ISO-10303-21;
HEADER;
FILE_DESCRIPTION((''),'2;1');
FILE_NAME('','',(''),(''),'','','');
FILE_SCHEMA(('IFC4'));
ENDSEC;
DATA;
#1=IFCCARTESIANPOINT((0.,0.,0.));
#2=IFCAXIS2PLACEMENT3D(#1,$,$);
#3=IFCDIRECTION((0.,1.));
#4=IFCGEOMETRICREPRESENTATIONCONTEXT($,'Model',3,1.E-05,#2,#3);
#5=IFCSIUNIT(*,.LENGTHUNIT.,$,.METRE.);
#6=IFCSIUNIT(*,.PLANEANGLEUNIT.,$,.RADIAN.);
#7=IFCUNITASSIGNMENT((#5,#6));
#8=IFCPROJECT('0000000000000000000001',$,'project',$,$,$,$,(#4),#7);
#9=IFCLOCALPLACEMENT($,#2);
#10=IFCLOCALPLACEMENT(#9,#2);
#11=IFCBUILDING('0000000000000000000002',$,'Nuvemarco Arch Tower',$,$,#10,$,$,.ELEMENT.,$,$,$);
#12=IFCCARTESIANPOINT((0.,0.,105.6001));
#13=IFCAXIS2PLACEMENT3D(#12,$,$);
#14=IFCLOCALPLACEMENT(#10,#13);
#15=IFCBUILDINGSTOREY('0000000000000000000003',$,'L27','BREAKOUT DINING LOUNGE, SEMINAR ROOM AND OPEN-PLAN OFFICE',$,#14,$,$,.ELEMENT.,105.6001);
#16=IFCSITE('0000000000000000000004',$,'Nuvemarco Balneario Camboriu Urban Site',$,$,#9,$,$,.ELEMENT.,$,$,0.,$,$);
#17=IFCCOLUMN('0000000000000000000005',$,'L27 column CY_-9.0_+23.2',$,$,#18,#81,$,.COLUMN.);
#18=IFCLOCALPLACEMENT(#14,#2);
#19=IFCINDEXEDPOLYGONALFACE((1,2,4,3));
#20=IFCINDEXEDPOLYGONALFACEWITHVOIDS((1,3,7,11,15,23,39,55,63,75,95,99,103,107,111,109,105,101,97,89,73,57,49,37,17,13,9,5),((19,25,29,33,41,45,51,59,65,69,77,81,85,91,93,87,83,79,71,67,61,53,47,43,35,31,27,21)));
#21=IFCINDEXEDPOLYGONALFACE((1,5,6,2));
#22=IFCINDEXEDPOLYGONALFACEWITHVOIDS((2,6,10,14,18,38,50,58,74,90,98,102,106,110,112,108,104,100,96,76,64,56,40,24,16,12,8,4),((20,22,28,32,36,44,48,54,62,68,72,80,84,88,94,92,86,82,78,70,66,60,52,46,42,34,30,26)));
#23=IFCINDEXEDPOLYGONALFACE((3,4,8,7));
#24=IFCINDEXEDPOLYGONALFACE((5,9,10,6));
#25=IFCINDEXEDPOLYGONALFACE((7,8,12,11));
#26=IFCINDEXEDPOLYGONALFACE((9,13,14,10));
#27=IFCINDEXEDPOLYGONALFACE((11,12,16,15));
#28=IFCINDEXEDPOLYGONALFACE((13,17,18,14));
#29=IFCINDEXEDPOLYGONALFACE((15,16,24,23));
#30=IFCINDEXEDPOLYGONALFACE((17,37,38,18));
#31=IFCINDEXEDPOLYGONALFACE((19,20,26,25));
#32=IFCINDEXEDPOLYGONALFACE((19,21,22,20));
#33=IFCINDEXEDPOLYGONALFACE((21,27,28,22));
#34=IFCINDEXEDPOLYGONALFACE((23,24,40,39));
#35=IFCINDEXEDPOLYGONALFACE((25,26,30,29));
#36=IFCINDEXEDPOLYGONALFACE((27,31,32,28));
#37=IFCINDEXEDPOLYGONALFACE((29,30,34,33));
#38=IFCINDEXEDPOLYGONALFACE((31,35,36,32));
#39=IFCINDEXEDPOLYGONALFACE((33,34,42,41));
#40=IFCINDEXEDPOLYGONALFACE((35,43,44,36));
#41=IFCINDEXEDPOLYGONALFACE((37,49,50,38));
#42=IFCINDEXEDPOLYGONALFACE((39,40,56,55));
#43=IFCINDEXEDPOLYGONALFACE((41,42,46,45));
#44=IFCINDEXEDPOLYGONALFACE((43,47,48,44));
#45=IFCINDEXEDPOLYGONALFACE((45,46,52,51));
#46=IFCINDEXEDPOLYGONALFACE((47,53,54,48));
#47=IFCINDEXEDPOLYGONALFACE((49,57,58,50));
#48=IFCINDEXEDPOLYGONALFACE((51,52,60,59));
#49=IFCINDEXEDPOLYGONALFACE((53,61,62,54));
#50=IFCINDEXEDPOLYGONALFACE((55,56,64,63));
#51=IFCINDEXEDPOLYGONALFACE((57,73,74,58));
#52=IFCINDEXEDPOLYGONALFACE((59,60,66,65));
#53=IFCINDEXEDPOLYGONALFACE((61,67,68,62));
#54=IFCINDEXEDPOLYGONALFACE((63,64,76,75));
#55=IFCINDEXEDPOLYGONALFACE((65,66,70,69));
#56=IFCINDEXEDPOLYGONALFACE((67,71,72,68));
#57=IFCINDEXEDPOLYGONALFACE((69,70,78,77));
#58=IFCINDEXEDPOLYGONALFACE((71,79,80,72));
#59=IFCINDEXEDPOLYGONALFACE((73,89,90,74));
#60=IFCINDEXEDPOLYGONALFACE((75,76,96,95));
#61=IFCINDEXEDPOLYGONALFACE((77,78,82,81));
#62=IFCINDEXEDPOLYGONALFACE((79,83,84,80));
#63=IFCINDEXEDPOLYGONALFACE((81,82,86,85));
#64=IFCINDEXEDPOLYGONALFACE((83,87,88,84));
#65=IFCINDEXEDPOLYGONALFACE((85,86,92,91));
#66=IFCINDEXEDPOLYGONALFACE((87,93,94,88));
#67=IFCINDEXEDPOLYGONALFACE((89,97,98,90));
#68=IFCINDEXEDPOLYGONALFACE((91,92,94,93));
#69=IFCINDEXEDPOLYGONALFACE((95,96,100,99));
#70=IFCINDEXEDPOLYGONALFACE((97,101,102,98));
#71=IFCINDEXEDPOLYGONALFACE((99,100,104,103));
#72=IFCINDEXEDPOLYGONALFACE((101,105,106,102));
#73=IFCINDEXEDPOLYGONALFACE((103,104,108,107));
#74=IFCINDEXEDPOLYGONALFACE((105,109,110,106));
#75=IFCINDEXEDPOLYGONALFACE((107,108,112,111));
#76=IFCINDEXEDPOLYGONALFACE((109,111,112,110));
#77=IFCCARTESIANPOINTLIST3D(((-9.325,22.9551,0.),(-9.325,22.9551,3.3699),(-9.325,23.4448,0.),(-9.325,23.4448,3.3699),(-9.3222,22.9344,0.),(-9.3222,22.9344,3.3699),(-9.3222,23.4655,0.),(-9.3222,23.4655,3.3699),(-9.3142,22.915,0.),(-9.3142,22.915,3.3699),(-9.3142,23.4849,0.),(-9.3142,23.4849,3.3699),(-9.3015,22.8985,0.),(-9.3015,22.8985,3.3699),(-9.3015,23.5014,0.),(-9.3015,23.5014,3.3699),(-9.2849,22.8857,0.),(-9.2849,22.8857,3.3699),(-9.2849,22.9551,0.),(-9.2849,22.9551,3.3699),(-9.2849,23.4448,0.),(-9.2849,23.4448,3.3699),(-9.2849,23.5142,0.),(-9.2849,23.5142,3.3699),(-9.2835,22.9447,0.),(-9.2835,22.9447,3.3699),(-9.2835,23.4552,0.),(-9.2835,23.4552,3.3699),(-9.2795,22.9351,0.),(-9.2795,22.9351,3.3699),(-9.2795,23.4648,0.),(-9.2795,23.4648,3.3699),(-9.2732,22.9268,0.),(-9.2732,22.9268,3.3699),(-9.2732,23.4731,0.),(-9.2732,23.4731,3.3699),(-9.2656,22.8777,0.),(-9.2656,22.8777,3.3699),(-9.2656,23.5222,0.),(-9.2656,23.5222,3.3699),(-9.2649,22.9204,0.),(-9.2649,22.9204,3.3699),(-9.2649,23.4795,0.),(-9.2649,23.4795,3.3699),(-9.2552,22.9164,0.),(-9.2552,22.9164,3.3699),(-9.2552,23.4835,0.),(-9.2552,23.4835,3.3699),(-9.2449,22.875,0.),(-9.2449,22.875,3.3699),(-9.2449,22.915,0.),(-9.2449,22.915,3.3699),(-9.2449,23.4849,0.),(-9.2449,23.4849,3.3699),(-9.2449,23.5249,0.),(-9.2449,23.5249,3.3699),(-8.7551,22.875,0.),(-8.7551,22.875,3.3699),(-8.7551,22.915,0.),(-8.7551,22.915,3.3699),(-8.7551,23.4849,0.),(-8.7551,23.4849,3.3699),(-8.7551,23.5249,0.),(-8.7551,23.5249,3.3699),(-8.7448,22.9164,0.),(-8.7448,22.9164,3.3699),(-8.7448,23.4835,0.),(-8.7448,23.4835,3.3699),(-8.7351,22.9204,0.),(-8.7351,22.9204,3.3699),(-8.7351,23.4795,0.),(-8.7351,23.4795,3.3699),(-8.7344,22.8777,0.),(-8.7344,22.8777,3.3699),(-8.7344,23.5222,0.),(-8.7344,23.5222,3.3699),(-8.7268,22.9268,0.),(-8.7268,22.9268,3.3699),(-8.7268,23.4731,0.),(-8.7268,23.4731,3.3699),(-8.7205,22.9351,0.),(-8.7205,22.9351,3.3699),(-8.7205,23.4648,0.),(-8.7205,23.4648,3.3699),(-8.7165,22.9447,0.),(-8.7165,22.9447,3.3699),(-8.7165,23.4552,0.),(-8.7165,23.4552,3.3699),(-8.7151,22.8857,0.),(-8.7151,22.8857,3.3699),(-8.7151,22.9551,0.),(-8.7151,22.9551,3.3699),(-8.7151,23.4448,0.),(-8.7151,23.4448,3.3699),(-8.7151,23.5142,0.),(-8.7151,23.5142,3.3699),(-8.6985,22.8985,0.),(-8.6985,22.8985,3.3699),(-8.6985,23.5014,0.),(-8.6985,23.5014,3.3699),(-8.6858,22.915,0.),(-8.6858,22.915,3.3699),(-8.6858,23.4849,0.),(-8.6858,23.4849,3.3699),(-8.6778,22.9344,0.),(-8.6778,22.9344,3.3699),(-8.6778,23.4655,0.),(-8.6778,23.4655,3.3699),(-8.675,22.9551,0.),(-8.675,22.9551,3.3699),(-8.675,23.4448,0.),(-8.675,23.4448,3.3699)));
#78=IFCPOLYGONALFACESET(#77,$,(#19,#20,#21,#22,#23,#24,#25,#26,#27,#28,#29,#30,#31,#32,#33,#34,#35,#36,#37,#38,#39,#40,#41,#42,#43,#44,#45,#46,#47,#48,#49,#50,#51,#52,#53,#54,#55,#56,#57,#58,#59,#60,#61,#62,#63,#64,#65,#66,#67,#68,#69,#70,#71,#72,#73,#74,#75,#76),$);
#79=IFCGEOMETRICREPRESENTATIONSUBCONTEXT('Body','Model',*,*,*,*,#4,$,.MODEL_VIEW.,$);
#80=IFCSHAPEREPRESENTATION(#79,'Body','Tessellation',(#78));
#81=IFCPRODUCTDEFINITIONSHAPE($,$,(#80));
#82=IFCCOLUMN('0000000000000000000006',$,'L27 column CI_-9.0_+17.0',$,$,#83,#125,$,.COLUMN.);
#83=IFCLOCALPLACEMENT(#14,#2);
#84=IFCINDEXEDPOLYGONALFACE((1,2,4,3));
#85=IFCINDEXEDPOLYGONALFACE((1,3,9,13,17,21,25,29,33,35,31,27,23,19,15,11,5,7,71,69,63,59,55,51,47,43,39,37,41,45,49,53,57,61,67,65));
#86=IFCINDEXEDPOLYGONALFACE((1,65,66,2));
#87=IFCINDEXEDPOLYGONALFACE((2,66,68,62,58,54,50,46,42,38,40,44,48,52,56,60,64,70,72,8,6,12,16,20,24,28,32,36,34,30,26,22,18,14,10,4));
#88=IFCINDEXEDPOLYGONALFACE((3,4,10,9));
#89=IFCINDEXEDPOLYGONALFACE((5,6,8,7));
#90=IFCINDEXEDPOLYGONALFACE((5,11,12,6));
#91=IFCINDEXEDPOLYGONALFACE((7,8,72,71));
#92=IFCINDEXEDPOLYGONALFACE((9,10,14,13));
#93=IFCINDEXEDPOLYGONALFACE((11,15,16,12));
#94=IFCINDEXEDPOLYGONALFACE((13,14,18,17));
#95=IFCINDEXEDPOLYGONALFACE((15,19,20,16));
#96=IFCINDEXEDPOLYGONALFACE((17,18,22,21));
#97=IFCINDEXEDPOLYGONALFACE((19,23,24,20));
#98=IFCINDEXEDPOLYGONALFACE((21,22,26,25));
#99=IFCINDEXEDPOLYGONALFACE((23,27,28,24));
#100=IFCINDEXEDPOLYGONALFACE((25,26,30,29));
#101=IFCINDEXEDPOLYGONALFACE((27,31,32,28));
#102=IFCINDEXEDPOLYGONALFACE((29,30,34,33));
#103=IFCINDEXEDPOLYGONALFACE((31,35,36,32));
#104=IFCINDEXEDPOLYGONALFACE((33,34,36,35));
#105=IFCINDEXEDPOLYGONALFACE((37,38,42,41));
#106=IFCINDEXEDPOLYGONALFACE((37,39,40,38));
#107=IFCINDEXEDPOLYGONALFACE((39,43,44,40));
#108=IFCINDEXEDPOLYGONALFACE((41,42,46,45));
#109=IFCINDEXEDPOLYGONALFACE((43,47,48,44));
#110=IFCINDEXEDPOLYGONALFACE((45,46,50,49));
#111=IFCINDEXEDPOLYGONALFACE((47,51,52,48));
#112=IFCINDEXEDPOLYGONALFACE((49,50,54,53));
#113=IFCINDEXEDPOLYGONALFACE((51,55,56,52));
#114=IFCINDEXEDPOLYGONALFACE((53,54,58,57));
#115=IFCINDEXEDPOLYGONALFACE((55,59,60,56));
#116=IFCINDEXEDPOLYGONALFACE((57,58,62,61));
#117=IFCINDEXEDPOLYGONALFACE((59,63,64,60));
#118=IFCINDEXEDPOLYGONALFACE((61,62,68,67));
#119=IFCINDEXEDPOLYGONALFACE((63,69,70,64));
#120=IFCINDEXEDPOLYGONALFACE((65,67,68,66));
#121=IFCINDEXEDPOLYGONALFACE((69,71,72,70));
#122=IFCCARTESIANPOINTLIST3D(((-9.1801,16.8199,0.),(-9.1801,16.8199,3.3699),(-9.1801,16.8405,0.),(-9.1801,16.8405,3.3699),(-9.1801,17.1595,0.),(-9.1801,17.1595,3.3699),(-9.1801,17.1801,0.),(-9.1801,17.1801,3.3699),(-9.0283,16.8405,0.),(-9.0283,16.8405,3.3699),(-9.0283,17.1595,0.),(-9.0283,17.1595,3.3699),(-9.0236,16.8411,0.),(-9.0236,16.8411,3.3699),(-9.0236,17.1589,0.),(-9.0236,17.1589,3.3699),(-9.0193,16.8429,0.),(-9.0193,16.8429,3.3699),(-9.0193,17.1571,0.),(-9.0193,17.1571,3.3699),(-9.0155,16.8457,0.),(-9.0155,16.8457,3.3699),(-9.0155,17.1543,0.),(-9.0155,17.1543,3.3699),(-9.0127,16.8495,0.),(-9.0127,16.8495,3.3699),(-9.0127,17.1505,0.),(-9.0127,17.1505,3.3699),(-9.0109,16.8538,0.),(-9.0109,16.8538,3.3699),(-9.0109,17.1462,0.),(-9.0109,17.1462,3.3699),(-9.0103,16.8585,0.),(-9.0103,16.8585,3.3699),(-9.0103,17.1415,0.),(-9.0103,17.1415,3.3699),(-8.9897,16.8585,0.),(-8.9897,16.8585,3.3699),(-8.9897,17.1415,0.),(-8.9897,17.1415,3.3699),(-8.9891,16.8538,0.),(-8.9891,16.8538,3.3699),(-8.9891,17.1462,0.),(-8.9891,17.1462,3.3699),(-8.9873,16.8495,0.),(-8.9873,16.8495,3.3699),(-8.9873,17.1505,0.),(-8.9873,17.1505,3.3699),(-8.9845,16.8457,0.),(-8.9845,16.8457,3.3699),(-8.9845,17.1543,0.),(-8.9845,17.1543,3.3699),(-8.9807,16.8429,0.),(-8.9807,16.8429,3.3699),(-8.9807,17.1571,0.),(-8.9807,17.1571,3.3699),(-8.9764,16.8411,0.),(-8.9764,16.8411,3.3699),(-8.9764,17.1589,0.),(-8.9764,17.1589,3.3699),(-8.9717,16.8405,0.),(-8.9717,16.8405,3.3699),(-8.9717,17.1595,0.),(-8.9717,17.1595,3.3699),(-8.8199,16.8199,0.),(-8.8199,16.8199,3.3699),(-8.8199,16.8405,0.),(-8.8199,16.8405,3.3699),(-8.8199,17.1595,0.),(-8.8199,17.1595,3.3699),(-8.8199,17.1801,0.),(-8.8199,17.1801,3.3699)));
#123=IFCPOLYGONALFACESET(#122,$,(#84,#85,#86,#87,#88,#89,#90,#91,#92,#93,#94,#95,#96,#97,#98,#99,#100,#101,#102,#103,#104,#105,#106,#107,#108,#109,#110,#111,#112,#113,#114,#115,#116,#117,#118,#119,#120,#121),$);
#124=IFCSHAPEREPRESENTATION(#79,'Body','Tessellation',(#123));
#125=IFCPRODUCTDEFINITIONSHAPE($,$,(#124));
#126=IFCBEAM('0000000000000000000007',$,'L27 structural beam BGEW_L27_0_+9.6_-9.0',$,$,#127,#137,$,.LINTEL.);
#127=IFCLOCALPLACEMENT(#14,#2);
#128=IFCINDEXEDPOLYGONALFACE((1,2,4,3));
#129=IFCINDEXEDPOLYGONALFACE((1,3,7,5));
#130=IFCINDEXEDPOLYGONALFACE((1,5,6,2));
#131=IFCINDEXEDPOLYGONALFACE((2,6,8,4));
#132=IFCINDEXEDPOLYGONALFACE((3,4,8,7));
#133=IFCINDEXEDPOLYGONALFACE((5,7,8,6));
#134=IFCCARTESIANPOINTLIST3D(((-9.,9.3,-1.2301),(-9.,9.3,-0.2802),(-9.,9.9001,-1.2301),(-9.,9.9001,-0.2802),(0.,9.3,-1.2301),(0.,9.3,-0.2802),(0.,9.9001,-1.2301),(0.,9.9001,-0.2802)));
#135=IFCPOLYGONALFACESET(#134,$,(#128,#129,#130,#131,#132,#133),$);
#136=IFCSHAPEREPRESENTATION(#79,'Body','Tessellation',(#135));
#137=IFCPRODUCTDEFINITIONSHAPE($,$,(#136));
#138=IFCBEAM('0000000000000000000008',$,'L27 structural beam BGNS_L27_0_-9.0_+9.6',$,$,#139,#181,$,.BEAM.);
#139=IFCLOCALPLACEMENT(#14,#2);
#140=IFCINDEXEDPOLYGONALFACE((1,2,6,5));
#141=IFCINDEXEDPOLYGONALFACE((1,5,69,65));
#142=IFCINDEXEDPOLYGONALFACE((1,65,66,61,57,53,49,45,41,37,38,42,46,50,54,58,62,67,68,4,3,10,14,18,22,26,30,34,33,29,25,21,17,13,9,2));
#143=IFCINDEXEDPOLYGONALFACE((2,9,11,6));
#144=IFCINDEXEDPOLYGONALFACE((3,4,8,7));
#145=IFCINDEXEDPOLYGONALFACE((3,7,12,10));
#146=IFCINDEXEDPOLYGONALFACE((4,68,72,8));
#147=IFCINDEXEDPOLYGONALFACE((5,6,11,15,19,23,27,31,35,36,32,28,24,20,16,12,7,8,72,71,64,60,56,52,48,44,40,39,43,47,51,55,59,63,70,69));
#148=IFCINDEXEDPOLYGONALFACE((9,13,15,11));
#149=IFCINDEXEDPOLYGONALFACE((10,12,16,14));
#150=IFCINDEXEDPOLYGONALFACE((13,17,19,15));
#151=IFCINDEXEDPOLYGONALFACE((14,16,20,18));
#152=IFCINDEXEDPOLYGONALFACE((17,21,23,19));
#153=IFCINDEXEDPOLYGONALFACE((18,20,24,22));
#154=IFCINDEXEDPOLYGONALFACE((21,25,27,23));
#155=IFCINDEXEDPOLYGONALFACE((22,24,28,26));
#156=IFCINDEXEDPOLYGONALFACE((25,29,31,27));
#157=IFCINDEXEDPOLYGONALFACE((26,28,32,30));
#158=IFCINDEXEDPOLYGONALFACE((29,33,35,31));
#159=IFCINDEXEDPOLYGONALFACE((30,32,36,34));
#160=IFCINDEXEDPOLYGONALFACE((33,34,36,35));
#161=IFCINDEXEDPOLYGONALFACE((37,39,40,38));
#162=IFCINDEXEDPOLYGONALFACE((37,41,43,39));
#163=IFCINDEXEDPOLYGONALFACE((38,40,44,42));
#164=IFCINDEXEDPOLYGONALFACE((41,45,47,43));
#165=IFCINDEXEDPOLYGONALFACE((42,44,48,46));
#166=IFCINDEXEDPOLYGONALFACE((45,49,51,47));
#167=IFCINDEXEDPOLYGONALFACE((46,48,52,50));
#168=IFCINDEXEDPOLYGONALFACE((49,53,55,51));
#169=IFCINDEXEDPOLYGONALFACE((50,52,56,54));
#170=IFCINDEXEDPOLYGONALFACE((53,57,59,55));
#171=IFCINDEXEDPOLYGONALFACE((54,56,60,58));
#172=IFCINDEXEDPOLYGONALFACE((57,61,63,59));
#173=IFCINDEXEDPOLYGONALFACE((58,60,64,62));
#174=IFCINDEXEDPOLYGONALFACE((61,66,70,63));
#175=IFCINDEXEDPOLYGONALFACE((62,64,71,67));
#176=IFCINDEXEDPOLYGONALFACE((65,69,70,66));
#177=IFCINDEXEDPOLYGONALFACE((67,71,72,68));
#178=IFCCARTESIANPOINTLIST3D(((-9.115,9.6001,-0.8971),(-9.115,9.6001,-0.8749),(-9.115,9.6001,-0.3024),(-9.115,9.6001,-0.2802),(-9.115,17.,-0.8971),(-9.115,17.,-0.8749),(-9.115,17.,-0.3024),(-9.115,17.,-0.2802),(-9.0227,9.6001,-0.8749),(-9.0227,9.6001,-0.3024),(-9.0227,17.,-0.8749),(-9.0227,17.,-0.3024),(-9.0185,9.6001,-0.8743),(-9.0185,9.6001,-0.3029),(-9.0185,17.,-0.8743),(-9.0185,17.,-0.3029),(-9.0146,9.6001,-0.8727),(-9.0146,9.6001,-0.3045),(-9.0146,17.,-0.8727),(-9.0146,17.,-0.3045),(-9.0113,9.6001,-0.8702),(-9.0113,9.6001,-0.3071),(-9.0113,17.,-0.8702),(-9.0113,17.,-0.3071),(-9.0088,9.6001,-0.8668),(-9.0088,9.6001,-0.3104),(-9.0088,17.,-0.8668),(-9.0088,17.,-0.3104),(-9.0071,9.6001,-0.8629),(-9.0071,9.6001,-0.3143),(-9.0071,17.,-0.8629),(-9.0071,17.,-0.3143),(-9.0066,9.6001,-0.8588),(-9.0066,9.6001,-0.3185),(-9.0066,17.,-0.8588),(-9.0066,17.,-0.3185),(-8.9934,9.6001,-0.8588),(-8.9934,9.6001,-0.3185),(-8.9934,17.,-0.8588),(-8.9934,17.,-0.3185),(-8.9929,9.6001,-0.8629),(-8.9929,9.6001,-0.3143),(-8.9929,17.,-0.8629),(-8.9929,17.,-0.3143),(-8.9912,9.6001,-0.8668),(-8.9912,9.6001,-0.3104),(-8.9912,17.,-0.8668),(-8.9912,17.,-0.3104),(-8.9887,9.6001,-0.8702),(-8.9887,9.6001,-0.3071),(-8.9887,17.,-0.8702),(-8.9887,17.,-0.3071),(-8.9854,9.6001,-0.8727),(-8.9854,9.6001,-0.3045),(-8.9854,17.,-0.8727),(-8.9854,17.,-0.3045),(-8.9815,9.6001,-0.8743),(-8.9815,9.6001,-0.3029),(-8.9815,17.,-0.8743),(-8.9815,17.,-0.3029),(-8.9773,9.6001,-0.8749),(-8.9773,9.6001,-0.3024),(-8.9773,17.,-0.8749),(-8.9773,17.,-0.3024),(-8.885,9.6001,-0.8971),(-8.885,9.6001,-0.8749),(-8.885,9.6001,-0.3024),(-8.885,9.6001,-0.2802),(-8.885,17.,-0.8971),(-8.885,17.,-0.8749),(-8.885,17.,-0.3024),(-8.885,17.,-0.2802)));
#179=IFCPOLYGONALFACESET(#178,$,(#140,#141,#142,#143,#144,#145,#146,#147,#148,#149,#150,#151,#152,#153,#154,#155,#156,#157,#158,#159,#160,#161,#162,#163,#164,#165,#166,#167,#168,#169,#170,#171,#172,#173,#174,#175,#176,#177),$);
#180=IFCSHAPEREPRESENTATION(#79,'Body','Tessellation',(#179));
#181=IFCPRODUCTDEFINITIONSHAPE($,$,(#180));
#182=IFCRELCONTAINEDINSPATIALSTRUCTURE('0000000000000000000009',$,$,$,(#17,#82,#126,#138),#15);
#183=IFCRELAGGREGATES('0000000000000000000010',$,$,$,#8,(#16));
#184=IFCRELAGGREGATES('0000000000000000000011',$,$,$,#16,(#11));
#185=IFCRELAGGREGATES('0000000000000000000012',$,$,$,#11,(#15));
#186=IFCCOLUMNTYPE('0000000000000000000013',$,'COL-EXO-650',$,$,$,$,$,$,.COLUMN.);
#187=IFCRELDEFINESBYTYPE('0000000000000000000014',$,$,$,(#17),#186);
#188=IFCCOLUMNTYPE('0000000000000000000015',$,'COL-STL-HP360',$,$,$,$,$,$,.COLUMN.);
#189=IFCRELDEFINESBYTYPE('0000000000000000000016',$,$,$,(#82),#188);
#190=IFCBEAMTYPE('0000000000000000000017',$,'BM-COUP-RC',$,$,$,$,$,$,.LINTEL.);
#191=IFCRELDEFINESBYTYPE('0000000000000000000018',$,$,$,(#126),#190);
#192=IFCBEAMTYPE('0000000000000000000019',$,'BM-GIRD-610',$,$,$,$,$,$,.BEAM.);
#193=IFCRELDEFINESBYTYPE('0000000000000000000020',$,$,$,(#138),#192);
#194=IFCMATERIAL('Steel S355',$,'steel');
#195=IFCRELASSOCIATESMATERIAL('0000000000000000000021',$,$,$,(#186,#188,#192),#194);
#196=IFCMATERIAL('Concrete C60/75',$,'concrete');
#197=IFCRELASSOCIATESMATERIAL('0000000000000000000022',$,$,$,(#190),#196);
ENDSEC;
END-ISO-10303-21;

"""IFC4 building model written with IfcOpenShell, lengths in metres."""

from ifc_helpers import new_model, si_unit, direction, frame, origin, origin_2d, place, context, subcontext, project, spatial, rectangle, hollow_rectangle, i_section, extrude, material, material_profile, profile_set, type_object, element, save


model = new_model("IFC4")

# Units and contexts
model_context = context("Model", 3, precision=1e-05, world=origin(), true_north=direction((0.0, 1.0)))
body_context = subcontext(model_context, "Body", "Model", "MODEL_VIEW")
ifc_project = project(units=[si_unit("LENGTHUNIT", "METRE"), si_unit("PLANEANGLEUNIT", "RADIAN")], contexts=[model_context])

# Site, building, storey
site_placement = place(None, origin())
site = spatial("IfcSite", under=ifc_project, at=site_placement, Name="Nuvemarco Balneario Camboriu Urban Site", CompositionType="ELEMENT", RefElevation=0.0)
building_placement = place(site_placement, origin())
building = spatial("IfcBuilding", under=site, at=building_placement, Name="Nuvemarco Arch Tower", CompositionType="ELEMENT")
storey_placement = place(building_placement, frame((0.0, 0.0, 105.6001)))
storey = spatial("IfcBuildingStorey", under=building, at=storey_placement, Name="L27", Description="BREAKOUT DINING LOUNGE, SEMINAR ROOM AND OPEN-PLAN OFFICE", CompositionType="ELEMENT", Elevation=105.6001)

# Columns
ifc_material_1 = material(Name="Steel S355", Category="steel")
ifc_material_profile_1 = material_profile(ifc_material_1, hollow_rectangle(XDim=0.6499, YDim=0.6499, WallThickness=0.04, InnerFilletRadius=0.04, OuterFilletRadius=0.0801, at=origin_2d()), Name="SHS650x650x40")
ifc_profile_set_1 = profile_set([ifc_material_profile_1], Name="Steel S355")
column_type_1 = type_object("IfcColumnType", Name="COL-EXO-650", PredefinedType="COLUMN", material=ifc_profile_set_1)
column_1_placement = place(storey_placement, frame((-9.0, 23.2, 0.0), z_axis=(0.0, 0.0, 1.0), x_axis=(1.0, 0.0, 0.0)))
element("IfcColumn", 1, at=column_1_placement, inside=storey, type_object=column_type_1, Name="L27 column CY_-9.0_+23.2", PredefinedType="COLUMN", context=body_context, shape_type="SweptSolid", body=[
    extrude(hollow_rectangle(XDim=0.6499, YDim=0.6499, WallThickness=0.04, InnerFilletRadius=0.04, OuterFilletRadius=0.0801, at=origin_2d()), origin(), (0.0, 0.0, 1.0), 3.3699),
])
ifc_material_profile_2 = material_profile(ifc_material_1, i_section(OverallWidth=0.3601, OverallDepth=0.3601, WebThickness=0.0205, FlangeThickness=0.0205, FilletRadius=0.0181, at=origin_2d()), Name="HP360x174")
ifc_profile_set_2 = profile_set([ifc_material_profile_2], Name="Steel S355")
column_type_2 = type_object("IfcColumnType", Name="COL-STL-HP360", PredefinedType="COLUMN", material=ifc_profile_set_2)
column_2_placement = place(storey_placement, frame((-9.0, 17.0, 0.0), z_axis=(0.0, 0.0, 1.0), x_axis=(1.0, 0.0, 0.0)))
element("IfcColumn", 2, at=column_2_placement, inside=storey, type_object=column_type_2, Name="L27 column CI_-9.0_+17.0", PredefinedType="COLUMN", context=body_context, shape_type="SweptSolid", body=[
    extrude(i_section(OverallWidth=0.3601, OverallDepth=0.3601, WebThickness=0.0205, FlangeThickness=0.0205, FilletRadius=0.0181, at=origin_2d()), origin(), (0.0, 0.0, 1.0), 3.3699),
])

# Beams
ifc_material_2 = material(Name="Concrete C60/75", Category="concrete")
ifc_material_profile_3 = material_profile(ifc_material_2, rectangle(XDim=0.6001, YDim=0.95, at=origin_2d()), Name="RC-BM-600x950")
ifc_profile_set_3 = profile_set([ifc_material_profile_3], Name="Concrete C60/75")
beam_type_1 = type_object("IfcBeamType", Name="BM-COUP-RC", PredefinedType="LINTEL", material=ifc_profile_set_3)
beam_1_placement = place(storey_placement, frame((-9.0, 9.6001, -0.7551), z_axis=(1.0, 0.0, 0.0), x_axis=(0.0, 1.0, 0.0)))
element("IfcBeam", 3, at=beam_1_placement, inside=storey, type_object=beam_type_1, Name="L27 structural beam BGEW_L27_0_+9.6_-9.0", PredefinedType="LINTEL", context=body_context, shape_type="SweptSolid", body=[
    extrude(rectangle(XDim=0.6001, YDim=0.95, at=origin_2d()), origin(), (0.0, 0.0, 1.0), 9.0),
])
ifc_material_profile_4 = material_profile(ifc_material_1, i_section(OverallWidth=0.23, OverallDepth=0.6169, WebThickness=0.0132, FlangeThickness=0.0222, FilletRadius=0.0161, at=origin_2d()), Name="W610x140")
ifc_profile_set_4 = profile_set([ifc_material_profile_4], Name="Steel S355")
beam_type_2 = type_object("IfcBeamType", Name="BM-GIRD-610", PredefinedType="BEAM", material=ifc_profile_set_4)
beam_2_placement = place(storey_placement, frame((-9.0, 9.6001, -0.5886), z_axis=(0.0, 1.0, 0.0), x_axis=(-1.0, 0.0, 0.0)))
element("IfcBeam", 4, at=beam_2_placement, inside=storey, type_object=beam_type_2, Name="L27 structural beam BGNS_L27_0_-9.0_+9.6", PredefinedType="BEAM", context=body_context, shape_type="SweptSolid", body=[
    extrude(i_section(OverallWidth=0.23, OverallDepth=0.6169, WebThickness=0.0132, FlangeThickness=0.0222, FilletRadius=0.0161, at=origin_2d()), origin(), (0.0, 0.0, 1.0), 7.3999),
])

save(model, "model.ifc")
